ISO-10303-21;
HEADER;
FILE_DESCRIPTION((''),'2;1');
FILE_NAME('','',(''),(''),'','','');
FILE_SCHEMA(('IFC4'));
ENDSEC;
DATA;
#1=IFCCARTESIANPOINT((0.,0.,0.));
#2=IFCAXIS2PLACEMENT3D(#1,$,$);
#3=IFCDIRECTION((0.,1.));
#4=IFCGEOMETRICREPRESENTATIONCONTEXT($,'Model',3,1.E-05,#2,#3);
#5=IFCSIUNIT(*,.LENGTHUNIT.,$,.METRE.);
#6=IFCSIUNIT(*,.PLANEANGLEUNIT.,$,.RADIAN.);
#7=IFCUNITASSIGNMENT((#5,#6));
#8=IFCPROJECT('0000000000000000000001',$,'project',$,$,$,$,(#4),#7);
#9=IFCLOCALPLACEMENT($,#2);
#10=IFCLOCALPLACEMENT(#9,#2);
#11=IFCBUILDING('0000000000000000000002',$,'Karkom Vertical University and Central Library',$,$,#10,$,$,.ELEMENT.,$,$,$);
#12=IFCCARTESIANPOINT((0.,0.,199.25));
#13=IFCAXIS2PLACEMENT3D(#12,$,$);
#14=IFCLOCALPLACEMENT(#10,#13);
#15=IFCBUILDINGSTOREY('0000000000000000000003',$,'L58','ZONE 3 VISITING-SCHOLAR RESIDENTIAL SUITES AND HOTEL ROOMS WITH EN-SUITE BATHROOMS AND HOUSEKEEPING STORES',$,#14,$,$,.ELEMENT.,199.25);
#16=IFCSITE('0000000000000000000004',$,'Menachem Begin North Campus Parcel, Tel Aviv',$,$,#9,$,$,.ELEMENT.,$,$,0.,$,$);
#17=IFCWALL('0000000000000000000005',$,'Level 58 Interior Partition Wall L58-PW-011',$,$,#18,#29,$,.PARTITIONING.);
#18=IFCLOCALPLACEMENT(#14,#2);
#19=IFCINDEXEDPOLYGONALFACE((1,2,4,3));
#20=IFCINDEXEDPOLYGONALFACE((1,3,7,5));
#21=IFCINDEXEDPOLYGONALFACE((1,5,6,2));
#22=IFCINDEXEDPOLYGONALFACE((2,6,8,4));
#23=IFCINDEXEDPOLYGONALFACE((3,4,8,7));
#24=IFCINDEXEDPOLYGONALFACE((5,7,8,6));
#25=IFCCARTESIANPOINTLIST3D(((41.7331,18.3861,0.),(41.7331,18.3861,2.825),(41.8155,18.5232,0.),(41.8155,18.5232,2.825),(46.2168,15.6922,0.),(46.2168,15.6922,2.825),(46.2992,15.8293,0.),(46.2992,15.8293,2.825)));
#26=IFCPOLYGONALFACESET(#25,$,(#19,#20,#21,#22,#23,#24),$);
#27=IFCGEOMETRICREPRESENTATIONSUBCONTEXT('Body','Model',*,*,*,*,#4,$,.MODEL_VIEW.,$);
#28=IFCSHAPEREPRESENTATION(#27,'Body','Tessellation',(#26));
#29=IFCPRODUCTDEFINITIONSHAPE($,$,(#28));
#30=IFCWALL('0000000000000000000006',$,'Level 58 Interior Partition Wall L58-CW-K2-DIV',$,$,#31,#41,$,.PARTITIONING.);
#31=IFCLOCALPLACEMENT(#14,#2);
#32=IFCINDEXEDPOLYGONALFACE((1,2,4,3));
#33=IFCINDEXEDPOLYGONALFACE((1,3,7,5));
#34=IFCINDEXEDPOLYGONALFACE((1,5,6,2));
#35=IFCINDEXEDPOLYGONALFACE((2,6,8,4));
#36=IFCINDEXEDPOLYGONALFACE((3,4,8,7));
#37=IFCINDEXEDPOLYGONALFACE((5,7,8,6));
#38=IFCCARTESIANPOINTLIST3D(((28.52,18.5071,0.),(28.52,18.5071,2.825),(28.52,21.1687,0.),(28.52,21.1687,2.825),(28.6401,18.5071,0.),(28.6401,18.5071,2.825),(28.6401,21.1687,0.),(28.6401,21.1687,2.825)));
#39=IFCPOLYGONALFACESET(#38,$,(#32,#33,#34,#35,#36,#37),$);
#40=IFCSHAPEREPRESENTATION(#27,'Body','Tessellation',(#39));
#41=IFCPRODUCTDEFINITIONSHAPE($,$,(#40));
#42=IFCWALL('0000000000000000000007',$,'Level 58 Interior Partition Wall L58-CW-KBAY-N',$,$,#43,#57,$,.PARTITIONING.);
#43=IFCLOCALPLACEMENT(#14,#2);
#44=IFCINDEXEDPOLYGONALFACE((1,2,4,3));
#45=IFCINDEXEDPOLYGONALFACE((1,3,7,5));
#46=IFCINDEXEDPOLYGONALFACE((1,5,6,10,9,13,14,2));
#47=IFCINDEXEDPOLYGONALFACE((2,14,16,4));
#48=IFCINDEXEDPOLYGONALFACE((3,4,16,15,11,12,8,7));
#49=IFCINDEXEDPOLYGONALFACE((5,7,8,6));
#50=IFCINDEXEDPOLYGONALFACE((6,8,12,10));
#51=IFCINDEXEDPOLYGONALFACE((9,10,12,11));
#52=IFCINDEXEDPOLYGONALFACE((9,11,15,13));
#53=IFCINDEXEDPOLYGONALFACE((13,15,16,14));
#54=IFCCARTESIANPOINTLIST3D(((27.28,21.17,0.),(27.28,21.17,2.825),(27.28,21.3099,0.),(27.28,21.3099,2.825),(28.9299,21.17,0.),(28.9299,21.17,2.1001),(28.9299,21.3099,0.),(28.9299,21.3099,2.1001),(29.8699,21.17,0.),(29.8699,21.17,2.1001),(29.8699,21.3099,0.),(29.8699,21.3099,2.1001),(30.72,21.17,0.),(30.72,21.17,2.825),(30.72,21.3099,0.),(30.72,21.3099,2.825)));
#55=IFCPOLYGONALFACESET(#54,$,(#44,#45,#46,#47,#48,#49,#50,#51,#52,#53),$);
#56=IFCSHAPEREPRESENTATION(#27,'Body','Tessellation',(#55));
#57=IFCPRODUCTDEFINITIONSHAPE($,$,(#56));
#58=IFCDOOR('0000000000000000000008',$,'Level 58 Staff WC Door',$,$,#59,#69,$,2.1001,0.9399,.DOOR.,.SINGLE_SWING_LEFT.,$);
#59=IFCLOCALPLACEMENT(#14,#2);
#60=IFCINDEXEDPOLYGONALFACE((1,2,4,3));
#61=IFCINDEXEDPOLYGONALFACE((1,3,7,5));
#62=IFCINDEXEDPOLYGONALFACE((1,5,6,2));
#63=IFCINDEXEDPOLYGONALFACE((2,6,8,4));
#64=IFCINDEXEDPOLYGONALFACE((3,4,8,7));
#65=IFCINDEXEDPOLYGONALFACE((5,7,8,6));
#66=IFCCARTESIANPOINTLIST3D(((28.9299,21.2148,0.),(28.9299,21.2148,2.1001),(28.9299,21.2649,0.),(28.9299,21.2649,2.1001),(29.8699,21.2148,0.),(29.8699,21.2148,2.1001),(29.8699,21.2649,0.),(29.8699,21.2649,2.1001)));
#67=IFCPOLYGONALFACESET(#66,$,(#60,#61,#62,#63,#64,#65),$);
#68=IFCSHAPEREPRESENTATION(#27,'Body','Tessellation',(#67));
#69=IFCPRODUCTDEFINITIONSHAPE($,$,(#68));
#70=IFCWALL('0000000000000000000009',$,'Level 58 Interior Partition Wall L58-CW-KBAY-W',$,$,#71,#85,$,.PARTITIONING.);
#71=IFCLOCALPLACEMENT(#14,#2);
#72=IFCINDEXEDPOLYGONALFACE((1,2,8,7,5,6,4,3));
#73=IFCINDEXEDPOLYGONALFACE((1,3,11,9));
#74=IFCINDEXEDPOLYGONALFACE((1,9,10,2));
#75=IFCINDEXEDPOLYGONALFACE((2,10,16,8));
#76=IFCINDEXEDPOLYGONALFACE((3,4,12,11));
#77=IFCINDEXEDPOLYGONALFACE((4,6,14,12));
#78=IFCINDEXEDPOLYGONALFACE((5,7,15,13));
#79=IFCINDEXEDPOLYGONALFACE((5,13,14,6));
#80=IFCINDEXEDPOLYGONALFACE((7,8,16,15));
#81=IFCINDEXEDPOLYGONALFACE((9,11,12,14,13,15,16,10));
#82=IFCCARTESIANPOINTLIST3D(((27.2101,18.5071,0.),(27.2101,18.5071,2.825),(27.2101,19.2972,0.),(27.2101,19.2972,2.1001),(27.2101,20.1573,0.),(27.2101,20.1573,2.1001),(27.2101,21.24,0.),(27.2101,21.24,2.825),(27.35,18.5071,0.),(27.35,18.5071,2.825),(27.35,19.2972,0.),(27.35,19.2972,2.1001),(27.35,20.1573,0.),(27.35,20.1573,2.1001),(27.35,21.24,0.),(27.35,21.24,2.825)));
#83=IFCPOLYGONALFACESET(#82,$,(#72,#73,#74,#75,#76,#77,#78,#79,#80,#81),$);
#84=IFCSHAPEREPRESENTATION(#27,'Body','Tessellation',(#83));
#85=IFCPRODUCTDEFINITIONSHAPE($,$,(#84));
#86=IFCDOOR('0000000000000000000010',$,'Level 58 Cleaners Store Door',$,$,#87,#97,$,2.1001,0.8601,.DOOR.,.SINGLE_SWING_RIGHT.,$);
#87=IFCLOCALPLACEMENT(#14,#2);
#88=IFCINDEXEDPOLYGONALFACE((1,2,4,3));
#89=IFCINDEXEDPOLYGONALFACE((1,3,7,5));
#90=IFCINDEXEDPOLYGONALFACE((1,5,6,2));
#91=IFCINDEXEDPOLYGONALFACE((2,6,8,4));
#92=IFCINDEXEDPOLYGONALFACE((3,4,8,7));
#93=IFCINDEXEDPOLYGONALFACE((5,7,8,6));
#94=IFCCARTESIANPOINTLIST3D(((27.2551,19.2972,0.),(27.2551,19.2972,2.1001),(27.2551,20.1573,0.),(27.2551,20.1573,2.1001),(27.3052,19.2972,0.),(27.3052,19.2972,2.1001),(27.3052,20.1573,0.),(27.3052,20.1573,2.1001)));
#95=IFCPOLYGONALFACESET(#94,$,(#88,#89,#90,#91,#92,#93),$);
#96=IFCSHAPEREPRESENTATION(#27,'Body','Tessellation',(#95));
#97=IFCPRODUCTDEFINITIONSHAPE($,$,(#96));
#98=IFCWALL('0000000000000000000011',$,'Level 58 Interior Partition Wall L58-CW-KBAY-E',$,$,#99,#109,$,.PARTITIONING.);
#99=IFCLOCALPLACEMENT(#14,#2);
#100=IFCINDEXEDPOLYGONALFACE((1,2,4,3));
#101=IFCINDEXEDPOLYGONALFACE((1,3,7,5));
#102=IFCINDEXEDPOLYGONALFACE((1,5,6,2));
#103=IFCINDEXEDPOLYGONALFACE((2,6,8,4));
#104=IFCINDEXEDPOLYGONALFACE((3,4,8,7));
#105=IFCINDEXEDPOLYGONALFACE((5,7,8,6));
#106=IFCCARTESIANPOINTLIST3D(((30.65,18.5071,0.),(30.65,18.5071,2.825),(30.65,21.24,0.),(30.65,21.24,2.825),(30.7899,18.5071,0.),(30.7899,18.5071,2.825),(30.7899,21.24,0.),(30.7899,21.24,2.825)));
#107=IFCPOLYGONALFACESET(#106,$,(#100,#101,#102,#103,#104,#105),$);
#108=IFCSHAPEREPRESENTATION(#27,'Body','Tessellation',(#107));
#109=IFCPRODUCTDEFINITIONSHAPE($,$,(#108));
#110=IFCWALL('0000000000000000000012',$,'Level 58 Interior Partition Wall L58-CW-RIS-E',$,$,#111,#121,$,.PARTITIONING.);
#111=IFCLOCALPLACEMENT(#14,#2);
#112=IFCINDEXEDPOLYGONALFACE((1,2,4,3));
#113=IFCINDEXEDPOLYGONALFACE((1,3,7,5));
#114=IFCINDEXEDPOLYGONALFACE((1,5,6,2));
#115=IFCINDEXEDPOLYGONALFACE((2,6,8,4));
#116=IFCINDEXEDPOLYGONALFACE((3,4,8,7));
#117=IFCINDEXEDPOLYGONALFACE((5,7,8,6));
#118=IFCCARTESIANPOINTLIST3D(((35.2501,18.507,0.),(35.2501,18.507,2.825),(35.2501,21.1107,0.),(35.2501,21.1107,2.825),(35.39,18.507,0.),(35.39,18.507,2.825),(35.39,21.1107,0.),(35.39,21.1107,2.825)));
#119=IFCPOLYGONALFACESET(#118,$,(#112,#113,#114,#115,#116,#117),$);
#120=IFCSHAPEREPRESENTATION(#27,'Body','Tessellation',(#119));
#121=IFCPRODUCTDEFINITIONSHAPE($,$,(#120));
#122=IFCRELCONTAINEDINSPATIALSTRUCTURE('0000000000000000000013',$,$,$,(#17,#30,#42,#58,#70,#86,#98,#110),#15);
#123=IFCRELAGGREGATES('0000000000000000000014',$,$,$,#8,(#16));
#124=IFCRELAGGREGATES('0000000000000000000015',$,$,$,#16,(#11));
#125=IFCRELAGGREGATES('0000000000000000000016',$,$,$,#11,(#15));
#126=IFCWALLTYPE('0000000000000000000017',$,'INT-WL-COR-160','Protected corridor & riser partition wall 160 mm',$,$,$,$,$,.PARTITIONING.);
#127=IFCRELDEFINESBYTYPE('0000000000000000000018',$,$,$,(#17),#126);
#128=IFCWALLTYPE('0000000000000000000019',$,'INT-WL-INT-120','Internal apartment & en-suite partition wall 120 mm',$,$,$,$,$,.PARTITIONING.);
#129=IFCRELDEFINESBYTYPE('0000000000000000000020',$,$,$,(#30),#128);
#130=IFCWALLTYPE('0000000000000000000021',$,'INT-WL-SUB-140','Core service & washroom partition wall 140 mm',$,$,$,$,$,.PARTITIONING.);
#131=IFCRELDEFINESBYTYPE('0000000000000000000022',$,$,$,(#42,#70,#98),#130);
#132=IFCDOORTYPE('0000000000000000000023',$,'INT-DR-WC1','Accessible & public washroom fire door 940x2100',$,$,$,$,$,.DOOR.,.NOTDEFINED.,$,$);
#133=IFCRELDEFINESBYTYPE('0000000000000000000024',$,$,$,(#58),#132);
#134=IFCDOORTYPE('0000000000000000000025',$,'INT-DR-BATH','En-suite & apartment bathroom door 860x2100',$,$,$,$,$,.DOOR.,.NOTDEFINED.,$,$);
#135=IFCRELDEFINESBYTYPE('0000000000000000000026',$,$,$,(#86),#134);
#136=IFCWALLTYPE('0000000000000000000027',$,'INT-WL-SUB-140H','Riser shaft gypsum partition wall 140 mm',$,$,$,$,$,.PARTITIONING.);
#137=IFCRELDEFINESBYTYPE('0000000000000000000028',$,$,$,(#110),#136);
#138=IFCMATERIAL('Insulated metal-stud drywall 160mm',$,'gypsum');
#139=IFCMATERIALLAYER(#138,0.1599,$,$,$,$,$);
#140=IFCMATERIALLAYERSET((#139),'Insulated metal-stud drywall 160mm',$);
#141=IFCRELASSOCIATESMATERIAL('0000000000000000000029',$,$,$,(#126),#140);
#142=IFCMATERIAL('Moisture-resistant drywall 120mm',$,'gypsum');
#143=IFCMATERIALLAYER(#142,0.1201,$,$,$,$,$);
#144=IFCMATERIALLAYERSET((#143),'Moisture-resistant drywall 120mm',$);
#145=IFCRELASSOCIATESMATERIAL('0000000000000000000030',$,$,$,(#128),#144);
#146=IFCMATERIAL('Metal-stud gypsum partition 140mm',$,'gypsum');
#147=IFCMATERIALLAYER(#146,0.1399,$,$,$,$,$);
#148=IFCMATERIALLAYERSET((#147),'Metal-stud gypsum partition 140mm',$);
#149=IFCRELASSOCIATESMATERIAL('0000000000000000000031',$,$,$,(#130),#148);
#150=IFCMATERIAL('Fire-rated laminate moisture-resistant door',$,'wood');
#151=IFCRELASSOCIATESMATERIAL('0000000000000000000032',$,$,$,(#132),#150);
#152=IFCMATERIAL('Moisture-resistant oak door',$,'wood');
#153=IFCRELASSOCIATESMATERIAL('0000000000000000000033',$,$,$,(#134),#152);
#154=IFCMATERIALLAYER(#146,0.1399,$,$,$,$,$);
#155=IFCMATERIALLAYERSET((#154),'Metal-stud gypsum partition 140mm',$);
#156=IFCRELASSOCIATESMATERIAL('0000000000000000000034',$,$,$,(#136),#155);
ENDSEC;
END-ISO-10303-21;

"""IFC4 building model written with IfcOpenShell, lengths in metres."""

from ifc_helpers import new_model, si_unit, direction, frame, frame_2d, origin, origin_with_axes, place, context, subcontext, project, spatial, rectangle, extrude, source, transform, mapped, material, layer, layer_set, type_object, element, fill, save


model = new_model("IFC4")

# Units and contexts
model_context = context("Model", 3, precision=1e-05, world=origin(), true_north=direction((0.0, 1.0)))
body_context = subcontext(model_context, "Body", "Model", "MODEL_VIEW")
ifc_project = project(units=[si_unit("LENGTHUNIT", "METRE"), si_unit("PLANEANGLEUNIT", "RADIAN")], contexts=[model_context])

# Site, building, storey
site_placement = place(None, origin())
site = spatial("IfcSite", under=ifc_project, at=site_placement, Name="Menachem Begin North Campus Parcel, Tel Aviv", CompositionType="ELEMENT", RefElevation=0.0)
building_placement = place(site_placement, origin())
building = spatial("IfcBuilding", under=site, at=building_placement, Name="Karkom Vertical University and Central Library", CompositionType="ELEMENT")
storey_placement = place(building_placement, frame((0.0, 0.0, 199.25)))
storey = spatial("IfcBuildingStorey", under=building, at=storey_placement, Name="L58", Description="ZONE 3 VISITING-SCHOLAR RESIDENTIAL SUITES AND HOTEL ROOMS WITH EN-SUITE BATHROOMS AND HOUSEKEEPING STORES", CompositionType="ELEMENT", Elevation=199.25)

# Shared definitions
ifc_material_1 = material(Name="Insulated metal-stud drywall 160mm", Category="gypsum")
ifc_layer_1 = layer(ifc_material_1, 0.1599)
ifc_layer_set_1 = layer_set([ifc_layer_1], Name="Insulated metal-stud drywall 160mm")
wall_type_1 = type_object("IfcWallType", Name="INT-WL-COR-160", Description="Protected corridor & riser partition wall 160 mm", PredefinedType="PARTITIONING", material=ifc_layer_set_1)

# Walls
wall_1_placement = place(storey_placement, frame((41.7744, 18.4546, 0.0), z_axis=(0.0, 0.0, 1.0), x_axis=(0.857184, -0.51501, 0.0)))
element("IfcWall", 1, at=wall_1_placement, inside=storey, type_object=wall_type_1, Name="Level 58 Interior Partition Wall L58-PW-011", PredefinedType="PARTITIONING", context=body_context, shape_type="SweptSolid", body=[
    extrude(rectangle(XDim=5.2307, YDim=0.1599, at=frame_2d((2.6152, 0.0))), origin(), (0.0, 0.0, 1.0), 2.825),
])
ifc_material_2 = material(Name="Moisture-resistant drywall 120mm", Category="gypsum")
ifc_layer_2 = layer(ifc_material_2, 0.1201)
ifc_layer_set_2 = layer_set([ifc_layer_2], Name="Moisture-resistant drywall 120mm")
wall_type_2 = type_object("IfcWallType", Name="INT-WL-INT-120", Description="Internal apartment & en-suite partition wall 120 mm", PredefinedType="PARTITIONING", material=ifc_layer_set_2)
wall_2_placement = place(storey_placement, frame((28.5801, 18.5071, 0.0), z_axis=(0.0, 0.0, 1.0), x_axis=(0.0, 1.0, 0.0)))
element("IfcWall", 2, at=wall_2_placement, inside=storey, type_object=wall_type_2, Name="Level 58 Interior Partition Wall L58-CW-K2-DIV", PredefinedType="PARTITIONING", context=body_context, shape_type="SweptSolid", body=[
    extrude(rectangle(XDim=2.6616, YDim=0.1201, at=frame_2d((1.3308, 0.0))), origin(), (0.0, 0.0, 1.0), 2.825),
])

# Walls, openings, doors
ifc_material_3 = material(Name="Metal-stud gypsum partition 140mm", Category="gypsum")
ifc_layer_3 = layer(ifc_material_3, 0.1399)
ifc_layer_set_3 = layer_set([ifc_layer_3], Name="Metal-stud gypsum partition 140mm")
wall_type_3 = type_object("IfcWallType", Name="INT-WL-SUB-140", Description="Core service & washroom partition wall 140 mm", PredefinedType="PARTITIONING", material=ifc_layer_set_3)
wall_3_placement = place(storey_placement, frame((27.28, 21.24, 0.0), z_axis=(0.0, 0.0, 1.0), x_axis=(1.0, 0.0, 0.0)))
wall_3 = element("IfcWall", 3, at=wall_3_placement, inside=storey, type_object=wall_type_3, Name="Level 58 Interior Partition Wall L58-CW-KBAY-N", PredefinedType="PARTITIONING", context=body_context, shape_type="SweptSolid", body=[
    extrude(rectangle(XDim=3.4399, YDim=0.1399, at=frame_2d((1.72, 0.0))), origin(), (0.0, 0.0, 1.0), 2.825),
])
opening_1_placement = place(wall_3_placement, frame((1.6499, 0.0, 0.0)))
opening_1 = element("IfcOpeningElement", 4, at=opening_1_placement, cuts=wall_3, PredefinedType="OPENING", context=body_context, shape_type="SweptSolid", body=[
    extrude(rectangle(XDim=0.9399, YDim=2.1001, at=frame_2d((0.47, 1.05))), frame((0.0, 0.0801, 0.0), z_axis=(0.0, -1.0, 0.0), x_axis=(1.0, 0.0, 0.0)), (0.0, 0.0, 1.0), 0.1599),
])
ifc_material_4 = material(Name="Fire-rated laminate moisture-resistant door", Category="wood")
door_type_1 = type_object("IfcDoorType", Name="INT-DR-WC1", Description="Accessible & public washroom fire door 940x2100", OperationType="NOTDEFINED", PredefinedType="DOOR", material=ifc_material_4)
shared_shape_1 = source(origin_with_axes(), body_context, "Body", "SweptSolid", [
    extrude(rectangle(XDim=0.9399, YDim=2.1001, at=frame_2d((0.47, 1.05))), frame((0.0, 0.0249, 0.0), z_axis=(0.0, -1.0, 0.0), x_axis=(1.0, 0.0, 0.0)), (0.0, 0.0, 1.0), 0.05),
])
door_1_placement = place(opening_1_placement, origin())
door_1 = element("IfcDoor", 5, at=door_1_placement, inside=storey, type_object=door_type_1, Name="Level 58 Staff WC Door", OperationType="SINGLE_SWING_LEFT", OverallHeight=2.1001, OverallWidth=0.9399, PredefinedType="DOOR", context=body_context, shape_type="MappedRepresentation", body=[
    mapped(shared_shape_1, transform((0.0, 0.0, 0.0), scale=1.0)),
])
fill(opening_1, door_1)
wall_4_placement = place(storey_placement, frame((27.28, 18.5071, 0.0), z_axis=(0.0, 0.0, 1.0), x_axis=(0.0, 1.0, 0.0)))
wall_4 = element("IfcWall", 6, at=wall_4_placement, inside=storey, type_object=wall_type_3, Name="Level 58 Interior Partition Wall L58-CW-KBAY-W", PredefinedType="PARTITIONING", context=body_context, shape_type="SweptSolid", body=[
    extrude(rectangle(XDim=2.7329, YDim=0.1399, at=frame_2d((1.3665, 0.0))), origin(), (0.0, 0.0, 1.0), 2.825),
])
opening_2_placement = place(wall_4_placement, frame((0.79, 0.0, 0.0)))
opening_2 = element("IfcOpeningElement", 7, at=opening_2_placement, cuts=wall_4, PredefinedType="OPENING", context=body_context, shape_type="SweptSolid", body=[
    extrude(rectangle(XDim=0.8601, YDim=2.1001, at=frame_2d((0.4302, 1.05))), frame((0.0, 0.0801, 0.0), z_axis=(0.0, -1.0, 0.0), x_axis=(1.0, 0.0, 0.0)), (0.0, 0.0, 1.0), 0.1599),
])
ifc_material_5 = material(Name="Moisture-resistant oak door", Category="wood")
door_type_2 = type_object("IfcDoorType", Name="INT-DR-BATH", Description="En-suite & apartment bathroom door 860x2100", OperationType="NOTDEFINED", PredefinedType="DOOR", material=ifc_material_5)
shared_shape_2 = source(origin_with_axes(), body_context, "Body", "SweptSolid", [
    extrude(rectangle(XDim=0.8601, YDim=2.1001, at=frame_2d((0.4302, 1.05))), frame((0.0, 0.0249, 0.0), z_axis=(0.0, -1.0, 0.0), x_axis=(1.0, 0.0, 0.0)), (0.0, 0.0, 1.0), 0.05),
])
door_2_placement = place(opening_2_placement, origin())
door_2 = element("IfcDoor", 8, at=door_2_placement, inside=storey, type_object=door_type_2, Name="Level 58 Cleaners Store Door", OperationType="SINGLE_SWING_RIGHT", OverallHeight=2.1001, OverallWidth=0.8601, PredefinedType="DOOR", context=body_context, shape_type="MappedRepresentation", body=[
    mapped(shared_shape_2, transform((0.0, 0.0, 0.0), scale=1.0)),
])
fill(opening_2, door_2)

# Walls
wall_5_placement = place(storey_placement, frame((30.72, 18.5071, 0.0), z_axis=(0.0, 0.0, 1.0), x_axis=(0.0, 1.0, 0.0)))
element("IfcWall", 9, at=wall_5_placement, inside=storey, type_object=wall_type_3, Name="Level 58 Interior Partition Wall L58-CW-KBAY-E", PredefinedType="PARTITIONING", context=body_context, shape_type="SweptSolid", body=[
    extrude(rectangle(XDim=2.7329, YDim=0.1399, at=frame_2d((1.3665, 0.0))), origin(), (0.0, 0.0, 1.0), 2.825),
])
ifc_layer_4 = layer(ifc_material_3, 0.1399)
ifc_layer_set_4 = layer_set([ifc_layer_4], Name="Metal-stud gypsum partition 140mm")
wall_type_4 = type_object("IfcWallType", Name="INT-WL-SUB-140H", Description="Riser shaft gypsum partition wall 140 mm", PredefinedType="PARTITIONING", material=ifc_layer_set_4)
wall_6_placement = place(storey_placement, frame((35.3201, 18.5071, 0.0), z_axis=(0.0, 0.0, 1.0), x_axis=(0.0, 1.0, 0.0)))
element("IfcWall", 10, at=wall_6_placement, inside=storey, type_object=wall_type_4, Name="Level 58 Interior Partition Wall L58-CW-RIS-E", PredefinedType="PARTITIONING", context=body_context, shape_type="SweptSolid", body=[
    extrude(rectangle(XDim=2.6038, YDim=0.1399, at=frame_2d((1.3018, 0.0))), origin(), (0.0, 0.0, 1.0), 2.825),
])

save(model, "model.ifc")
